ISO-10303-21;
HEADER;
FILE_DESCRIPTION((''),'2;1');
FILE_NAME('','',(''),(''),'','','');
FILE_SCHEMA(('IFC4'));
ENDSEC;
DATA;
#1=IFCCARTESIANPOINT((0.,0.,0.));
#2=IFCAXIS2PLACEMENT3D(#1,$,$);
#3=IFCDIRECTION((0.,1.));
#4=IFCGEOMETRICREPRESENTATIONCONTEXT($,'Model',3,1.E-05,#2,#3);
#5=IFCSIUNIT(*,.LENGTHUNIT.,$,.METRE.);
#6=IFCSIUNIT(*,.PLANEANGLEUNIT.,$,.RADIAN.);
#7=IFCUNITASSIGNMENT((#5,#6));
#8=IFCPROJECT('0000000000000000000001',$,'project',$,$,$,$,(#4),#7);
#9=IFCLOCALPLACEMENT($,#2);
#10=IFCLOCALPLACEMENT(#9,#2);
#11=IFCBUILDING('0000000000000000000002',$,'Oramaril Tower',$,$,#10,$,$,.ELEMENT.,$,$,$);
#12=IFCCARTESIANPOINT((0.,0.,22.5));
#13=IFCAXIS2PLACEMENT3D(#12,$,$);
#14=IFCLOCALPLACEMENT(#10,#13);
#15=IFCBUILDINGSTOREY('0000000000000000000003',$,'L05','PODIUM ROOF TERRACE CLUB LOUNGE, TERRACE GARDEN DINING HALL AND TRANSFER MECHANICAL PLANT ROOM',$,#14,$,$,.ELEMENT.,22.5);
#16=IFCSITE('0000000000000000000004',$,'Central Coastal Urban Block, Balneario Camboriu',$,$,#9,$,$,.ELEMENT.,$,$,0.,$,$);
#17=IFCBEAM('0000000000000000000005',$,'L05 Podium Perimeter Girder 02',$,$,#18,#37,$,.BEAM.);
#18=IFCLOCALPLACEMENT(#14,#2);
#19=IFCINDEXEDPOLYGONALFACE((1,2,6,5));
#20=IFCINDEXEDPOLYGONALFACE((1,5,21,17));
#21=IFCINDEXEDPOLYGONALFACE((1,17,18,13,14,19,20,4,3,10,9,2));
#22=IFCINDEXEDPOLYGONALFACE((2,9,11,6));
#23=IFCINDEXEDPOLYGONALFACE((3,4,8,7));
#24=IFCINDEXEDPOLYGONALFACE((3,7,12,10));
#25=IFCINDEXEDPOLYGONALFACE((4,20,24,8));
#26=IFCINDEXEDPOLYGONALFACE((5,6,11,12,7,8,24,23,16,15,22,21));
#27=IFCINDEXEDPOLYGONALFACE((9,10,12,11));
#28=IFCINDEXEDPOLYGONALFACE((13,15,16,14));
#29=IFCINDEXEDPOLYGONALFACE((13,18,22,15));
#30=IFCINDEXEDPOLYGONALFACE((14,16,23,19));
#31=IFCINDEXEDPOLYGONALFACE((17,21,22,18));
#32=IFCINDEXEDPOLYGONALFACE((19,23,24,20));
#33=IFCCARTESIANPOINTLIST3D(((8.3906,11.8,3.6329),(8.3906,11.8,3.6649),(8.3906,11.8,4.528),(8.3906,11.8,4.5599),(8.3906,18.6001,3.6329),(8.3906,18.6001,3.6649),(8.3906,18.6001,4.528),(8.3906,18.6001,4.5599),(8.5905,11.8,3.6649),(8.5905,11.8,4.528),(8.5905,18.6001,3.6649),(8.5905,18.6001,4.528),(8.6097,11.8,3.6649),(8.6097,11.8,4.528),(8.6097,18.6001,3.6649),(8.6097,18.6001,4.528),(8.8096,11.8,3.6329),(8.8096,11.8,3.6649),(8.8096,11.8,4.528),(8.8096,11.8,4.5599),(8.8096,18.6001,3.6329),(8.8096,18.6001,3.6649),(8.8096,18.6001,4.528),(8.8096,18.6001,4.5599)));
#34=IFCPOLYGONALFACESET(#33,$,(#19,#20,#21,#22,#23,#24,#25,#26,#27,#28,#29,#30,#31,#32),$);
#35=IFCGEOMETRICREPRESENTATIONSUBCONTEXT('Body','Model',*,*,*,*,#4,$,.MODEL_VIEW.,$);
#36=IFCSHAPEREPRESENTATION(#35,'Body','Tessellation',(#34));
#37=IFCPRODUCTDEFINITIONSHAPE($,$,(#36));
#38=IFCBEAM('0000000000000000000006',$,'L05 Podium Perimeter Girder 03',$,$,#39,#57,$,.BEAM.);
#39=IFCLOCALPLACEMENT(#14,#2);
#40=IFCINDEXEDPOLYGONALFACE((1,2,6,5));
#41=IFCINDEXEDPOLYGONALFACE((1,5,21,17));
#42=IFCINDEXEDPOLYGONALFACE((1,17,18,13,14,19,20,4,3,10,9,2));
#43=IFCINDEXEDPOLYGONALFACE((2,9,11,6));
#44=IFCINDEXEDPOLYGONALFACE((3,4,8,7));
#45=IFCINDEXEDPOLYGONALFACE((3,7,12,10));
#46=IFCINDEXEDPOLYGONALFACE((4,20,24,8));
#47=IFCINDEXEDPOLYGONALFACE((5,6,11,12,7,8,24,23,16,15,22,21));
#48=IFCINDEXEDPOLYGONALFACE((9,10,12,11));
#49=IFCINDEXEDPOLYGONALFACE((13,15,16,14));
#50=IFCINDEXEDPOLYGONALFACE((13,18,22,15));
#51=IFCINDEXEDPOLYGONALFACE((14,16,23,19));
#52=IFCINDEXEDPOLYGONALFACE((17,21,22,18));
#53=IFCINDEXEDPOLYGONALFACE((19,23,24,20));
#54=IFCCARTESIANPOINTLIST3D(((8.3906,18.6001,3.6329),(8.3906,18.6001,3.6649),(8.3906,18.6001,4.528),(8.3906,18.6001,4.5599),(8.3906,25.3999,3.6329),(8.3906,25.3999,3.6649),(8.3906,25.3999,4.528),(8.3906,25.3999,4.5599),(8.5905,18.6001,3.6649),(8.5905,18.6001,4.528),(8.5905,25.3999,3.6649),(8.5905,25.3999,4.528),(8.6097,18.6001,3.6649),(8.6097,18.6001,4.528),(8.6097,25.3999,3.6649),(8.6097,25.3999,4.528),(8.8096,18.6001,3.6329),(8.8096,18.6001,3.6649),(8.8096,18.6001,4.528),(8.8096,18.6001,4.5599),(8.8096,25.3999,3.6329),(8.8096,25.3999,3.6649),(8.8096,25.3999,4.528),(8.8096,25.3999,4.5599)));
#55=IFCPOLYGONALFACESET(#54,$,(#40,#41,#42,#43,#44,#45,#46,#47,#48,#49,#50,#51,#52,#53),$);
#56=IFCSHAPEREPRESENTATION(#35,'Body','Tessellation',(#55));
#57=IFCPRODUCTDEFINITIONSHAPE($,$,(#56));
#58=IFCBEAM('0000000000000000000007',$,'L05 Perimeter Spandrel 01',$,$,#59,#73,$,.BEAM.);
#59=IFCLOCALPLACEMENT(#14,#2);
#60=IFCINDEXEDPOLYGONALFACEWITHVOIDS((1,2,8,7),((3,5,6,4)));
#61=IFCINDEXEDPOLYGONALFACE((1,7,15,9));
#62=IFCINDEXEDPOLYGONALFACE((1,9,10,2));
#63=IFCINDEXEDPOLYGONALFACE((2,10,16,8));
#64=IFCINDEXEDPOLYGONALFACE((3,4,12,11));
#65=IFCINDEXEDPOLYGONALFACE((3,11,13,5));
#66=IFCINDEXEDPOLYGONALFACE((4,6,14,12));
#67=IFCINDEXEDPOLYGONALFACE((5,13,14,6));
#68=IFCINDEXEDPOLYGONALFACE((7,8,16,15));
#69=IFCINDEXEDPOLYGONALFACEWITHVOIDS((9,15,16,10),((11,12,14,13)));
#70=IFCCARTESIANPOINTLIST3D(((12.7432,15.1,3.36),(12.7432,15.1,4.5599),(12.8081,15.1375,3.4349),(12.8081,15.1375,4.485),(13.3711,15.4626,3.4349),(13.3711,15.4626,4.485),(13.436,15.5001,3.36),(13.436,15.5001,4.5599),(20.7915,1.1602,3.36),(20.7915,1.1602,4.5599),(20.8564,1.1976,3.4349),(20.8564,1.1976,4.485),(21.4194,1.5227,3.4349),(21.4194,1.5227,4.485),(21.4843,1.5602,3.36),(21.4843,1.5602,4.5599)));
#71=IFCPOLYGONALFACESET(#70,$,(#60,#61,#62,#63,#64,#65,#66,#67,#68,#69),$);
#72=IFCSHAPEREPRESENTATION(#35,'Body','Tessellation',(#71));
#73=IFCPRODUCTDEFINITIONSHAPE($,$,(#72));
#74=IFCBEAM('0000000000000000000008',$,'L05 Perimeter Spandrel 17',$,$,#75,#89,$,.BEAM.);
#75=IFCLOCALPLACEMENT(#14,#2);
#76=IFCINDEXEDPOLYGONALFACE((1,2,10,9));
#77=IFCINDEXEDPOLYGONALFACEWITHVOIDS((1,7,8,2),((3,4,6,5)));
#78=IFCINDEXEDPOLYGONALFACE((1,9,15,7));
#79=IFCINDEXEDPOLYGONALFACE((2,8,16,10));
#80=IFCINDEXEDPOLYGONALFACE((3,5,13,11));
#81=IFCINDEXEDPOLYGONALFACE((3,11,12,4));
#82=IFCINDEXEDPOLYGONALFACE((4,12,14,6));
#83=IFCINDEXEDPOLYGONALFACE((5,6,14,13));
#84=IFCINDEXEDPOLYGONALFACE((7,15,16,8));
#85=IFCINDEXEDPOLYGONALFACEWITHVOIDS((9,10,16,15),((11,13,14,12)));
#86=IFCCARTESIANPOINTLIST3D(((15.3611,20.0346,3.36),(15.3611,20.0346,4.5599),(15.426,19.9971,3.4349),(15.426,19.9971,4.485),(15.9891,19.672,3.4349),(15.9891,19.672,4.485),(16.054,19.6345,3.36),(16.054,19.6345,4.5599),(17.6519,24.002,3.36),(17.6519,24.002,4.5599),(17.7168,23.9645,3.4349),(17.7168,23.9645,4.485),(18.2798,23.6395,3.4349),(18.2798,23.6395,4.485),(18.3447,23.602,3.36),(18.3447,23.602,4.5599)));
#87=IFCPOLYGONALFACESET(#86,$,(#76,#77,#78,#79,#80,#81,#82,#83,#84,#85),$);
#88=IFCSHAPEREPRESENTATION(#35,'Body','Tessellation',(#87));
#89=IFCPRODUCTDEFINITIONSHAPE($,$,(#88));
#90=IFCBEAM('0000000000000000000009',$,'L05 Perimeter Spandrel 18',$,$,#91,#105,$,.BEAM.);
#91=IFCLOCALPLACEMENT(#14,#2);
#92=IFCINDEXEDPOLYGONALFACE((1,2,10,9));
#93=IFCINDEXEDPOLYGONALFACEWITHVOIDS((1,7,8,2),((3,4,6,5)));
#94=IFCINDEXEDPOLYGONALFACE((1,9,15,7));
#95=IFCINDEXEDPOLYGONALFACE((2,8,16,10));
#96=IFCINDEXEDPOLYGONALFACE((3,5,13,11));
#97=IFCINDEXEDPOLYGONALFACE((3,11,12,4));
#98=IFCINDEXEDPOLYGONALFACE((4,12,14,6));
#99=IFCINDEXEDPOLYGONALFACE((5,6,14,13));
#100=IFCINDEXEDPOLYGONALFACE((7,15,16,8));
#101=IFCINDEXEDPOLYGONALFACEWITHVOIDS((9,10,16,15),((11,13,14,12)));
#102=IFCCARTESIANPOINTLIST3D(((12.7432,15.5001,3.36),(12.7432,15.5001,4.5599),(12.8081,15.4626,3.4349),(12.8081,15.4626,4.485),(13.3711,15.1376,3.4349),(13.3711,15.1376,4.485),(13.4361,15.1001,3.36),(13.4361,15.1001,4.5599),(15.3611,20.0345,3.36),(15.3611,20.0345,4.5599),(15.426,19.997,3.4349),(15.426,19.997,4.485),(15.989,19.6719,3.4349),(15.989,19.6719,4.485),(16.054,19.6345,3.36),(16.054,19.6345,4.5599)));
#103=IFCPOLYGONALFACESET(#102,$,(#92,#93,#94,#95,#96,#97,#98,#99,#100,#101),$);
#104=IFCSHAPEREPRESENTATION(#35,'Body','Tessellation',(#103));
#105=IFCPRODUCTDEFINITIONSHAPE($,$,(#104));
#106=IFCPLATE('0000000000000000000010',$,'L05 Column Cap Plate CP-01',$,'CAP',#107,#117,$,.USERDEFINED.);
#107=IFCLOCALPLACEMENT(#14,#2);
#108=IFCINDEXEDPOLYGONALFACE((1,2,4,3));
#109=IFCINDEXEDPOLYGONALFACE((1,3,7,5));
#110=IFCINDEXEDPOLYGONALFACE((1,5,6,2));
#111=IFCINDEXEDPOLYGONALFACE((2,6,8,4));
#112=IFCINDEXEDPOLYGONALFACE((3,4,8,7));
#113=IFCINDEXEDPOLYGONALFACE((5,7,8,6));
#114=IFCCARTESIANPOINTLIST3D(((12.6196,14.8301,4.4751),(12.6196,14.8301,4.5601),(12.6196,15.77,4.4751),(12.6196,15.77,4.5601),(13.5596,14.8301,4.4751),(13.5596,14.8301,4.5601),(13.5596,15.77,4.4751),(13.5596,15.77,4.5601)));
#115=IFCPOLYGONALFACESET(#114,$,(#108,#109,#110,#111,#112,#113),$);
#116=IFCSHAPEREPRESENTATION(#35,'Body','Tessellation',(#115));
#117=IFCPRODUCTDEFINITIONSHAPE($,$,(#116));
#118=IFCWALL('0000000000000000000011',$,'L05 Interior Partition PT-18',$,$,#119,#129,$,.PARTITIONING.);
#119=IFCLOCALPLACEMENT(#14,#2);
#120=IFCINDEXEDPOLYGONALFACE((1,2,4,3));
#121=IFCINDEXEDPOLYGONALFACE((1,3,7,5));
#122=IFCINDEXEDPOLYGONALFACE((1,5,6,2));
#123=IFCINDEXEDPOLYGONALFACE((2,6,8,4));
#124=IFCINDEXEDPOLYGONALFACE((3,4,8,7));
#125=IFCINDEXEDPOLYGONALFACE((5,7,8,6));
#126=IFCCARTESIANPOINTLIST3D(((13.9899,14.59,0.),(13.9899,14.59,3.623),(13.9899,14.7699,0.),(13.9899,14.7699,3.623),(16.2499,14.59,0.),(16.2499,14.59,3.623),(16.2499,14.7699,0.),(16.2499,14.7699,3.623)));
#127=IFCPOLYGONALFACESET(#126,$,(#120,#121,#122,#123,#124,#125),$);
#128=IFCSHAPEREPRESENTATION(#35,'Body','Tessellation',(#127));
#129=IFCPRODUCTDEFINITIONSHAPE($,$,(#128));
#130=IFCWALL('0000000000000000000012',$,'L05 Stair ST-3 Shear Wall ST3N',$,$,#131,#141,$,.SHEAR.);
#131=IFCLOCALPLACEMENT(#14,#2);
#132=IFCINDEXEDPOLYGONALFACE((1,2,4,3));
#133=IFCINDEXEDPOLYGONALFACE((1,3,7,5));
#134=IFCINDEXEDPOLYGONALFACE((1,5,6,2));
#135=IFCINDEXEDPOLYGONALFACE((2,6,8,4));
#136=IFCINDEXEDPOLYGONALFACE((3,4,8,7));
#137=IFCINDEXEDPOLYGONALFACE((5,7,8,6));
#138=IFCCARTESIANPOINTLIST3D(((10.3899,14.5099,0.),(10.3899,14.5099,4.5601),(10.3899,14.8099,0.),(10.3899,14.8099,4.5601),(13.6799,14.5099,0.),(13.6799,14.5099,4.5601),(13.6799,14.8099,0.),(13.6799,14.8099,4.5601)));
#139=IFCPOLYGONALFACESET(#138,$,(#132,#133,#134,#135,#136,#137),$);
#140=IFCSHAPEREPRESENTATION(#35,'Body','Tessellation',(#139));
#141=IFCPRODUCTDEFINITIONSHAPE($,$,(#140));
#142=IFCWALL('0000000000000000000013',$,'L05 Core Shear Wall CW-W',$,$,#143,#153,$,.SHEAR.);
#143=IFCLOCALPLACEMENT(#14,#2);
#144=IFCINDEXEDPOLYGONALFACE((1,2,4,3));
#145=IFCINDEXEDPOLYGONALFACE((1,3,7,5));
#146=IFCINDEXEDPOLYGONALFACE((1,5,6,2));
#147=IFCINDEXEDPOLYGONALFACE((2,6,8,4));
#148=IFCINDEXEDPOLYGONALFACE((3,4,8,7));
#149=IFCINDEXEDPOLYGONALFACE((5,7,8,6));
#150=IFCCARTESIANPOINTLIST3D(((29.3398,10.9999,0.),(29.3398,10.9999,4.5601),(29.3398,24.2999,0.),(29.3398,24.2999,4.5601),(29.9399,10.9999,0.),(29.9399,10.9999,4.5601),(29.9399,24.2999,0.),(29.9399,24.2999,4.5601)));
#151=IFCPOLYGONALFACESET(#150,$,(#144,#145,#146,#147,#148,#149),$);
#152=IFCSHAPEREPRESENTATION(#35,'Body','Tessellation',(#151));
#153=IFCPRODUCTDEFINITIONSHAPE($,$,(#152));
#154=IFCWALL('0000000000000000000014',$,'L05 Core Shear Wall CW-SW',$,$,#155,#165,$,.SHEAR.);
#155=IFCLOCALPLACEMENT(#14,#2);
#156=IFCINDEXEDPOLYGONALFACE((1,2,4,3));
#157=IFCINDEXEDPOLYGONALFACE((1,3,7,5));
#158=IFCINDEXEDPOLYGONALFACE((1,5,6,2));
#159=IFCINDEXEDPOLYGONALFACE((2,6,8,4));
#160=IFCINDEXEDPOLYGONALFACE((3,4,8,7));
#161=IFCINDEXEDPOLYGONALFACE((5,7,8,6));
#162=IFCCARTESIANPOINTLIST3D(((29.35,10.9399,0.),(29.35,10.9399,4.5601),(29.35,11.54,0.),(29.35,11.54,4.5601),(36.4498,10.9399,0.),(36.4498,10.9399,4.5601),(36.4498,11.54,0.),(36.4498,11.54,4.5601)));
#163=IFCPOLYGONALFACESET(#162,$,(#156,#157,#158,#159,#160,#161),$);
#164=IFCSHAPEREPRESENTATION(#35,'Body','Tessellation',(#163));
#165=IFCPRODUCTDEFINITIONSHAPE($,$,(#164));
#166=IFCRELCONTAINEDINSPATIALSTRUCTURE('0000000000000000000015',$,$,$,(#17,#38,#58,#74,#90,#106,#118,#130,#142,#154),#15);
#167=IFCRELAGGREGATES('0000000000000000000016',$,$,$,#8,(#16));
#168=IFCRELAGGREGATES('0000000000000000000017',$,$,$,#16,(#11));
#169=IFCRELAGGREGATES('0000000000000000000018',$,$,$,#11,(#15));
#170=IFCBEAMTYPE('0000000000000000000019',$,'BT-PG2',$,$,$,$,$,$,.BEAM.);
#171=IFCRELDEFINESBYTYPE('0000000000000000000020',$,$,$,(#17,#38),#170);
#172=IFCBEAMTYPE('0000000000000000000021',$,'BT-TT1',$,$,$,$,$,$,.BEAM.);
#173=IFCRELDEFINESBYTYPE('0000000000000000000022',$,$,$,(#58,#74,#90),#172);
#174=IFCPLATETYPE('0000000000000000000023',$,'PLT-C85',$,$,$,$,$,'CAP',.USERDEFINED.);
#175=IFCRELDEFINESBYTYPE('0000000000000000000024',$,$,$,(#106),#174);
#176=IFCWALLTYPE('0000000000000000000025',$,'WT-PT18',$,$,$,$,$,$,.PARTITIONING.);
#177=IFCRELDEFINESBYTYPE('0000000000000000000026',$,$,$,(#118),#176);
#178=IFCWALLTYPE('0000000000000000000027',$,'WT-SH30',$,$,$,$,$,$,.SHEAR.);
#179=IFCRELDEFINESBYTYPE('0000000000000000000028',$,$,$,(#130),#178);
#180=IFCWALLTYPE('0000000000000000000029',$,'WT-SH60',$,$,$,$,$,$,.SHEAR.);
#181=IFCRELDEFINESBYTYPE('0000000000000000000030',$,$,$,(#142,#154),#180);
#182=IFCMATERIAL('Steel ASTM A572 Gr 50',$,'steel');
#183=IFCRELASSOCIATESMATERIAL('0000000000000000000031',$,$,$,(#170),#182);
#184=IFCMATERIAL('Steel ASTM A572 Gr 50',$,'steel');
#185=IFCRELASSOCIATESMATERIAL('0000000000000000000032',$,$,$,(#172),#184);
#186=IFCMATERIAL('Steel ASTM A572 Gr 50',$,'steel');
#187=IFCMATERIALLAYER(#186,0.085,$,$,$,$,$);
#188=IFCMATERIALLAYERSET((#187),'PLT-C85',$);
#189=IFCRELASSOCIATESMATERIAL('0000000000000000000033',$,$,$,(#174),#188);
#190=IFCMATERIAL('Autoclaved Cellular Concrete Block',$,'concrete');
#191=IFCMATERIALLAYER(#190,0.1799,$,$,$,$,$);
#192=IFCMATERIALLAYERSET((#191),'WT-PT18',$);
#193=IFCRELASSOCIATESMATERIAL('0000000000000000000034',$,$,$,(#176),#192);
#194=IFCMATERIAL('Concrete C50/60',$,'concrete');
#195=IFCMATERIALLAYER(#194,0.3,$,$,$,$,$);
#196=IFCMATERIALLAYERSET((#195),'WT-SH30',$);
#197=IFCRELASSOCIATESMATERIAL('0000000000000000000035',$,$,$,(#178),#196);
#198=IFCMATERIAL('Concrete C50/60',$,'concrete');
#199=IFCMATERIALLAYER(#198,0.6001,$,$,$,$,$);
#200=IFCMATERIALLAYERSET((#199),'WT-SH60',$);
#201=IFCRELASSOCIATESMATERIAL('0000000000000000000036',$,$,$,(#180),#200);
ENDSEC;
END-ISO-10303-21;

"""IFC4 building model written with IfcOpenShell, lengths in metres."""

from ifc_helpers import new_model, si_unit, direction, frame, frame_2d, origin, origin_2d, place, context, subcontext, project, spatial, rectangle, hollow_rectangle, i_section, extrude, material, layer, layer_set, material_profile, profile_set, type_object, element, save


model = new_model("IFC4")

# Units and contexts
model_context = context("Model", 3, precision=1e-05, world=origin(), true_north=direction((0.0, 1.0)))
body_context = subcontext(model_context, "Body", "Model", "MODEL_VIEW")
ifc_project = project(units=[si_unit("LENGTHUNIT", "METRE"), si_unit("PLANEANGLEUNIT", "RADIAN")], contexts=[model_context])

# Site, building, storey
site_placement = place(None, origin())
site = spatial("IfcSite", under=ifc_project, at=site_placement, Name="Central Coastal Urban Block, Balneario Camboriu", CompositionType="ELEMENT", RefElevation=0.0)
building_placement = place(site_placement, origin())
building = spatial("IfcBuilding", under=site, at=building_placement, Name="Oramaril Tower", CompositionType="ELEMENT")
storey_placement = place(building_placement, frame((0.0, 0.0, 22.5)))
storey = spatial("IfcBuildingStorey", under=building, at=storey_placement, Name="L05", Description="PODIUM ROOF TERRACE CLUB LOUNGE, TERRACE GARDEN DINING HALL AND TRANSFER MECHANICAL PLANT ROOM", CompositionType="ELEMENT", Elevation=22.5)

# Beams
ifc_material_1 = material(Name="Steel ASTM A572 Gr 50", Category="steel")
ifc_material_profile_1 = material_profile(ifc_material_1, i_section(OverallWidth=0.4189, OverallDepth=0.927, WebThickness=0.0193, FlangeThickness=0.032, at=origin_2d()), Name="W36X231")
ifc_profile_set_1 = profile_set([ifc_material_profile_1], Name="Steel ASTM A572 Gr 50")
beam_type_1 = type_object("IfcBeamType", Name="BT-PG2", PredefinedType="BEAM", material=ifc_profile_set_1)
beam_1_placement = place(storey_placement, frame((8.6001, 11.8, 4.0964), z_axis=(0.0, 1.0, 0.0), x_axis=(-1.0, 0.0, 0.0)))
element("IfcBeam", 1, at=beam_1_placement, inside=storey, type_object=beam_type_1, Name="L05 Podium Perimeter Girder 02", PredefinedType="BEAM", context=body_context, shape_type="SweptSolid", body=[
    extrude(i_section(OverallWidth=0.4189, OverallDepth=0.927, WebThickness=0.0193, FlangeThickness=0.032, at=origin_2d()), origin(), (0.0, 0.0, 1.0), 6.8),
])
beam_2_placement = place(storey_placement, frame((8.6001, 18.6001, 4.0964), z_axis=(0.0, 1.0, 0.0), x_axis=(-1.0, 0.0, 0.0)))
element("IfcBeam", 2, at=beam_2_placement, inside=storey, type_object=beam_type_1, Name="L05 Podium Perimeter Girder 03", PredefinedType="BEAM", context=body_context, shape_type="SweptSolid", body=[
    extrude(i_section(OverallWidth=0.4189, OverallDepth=0.927, WebThickness=0.0193, FlangeThickness=0.032, at=origin_2d()), origin(), (0.0, 0.0, 1.0), 6.7998),
])
ifc_material_2 = material(Name="Steel ASTM A572 Gr 50", Category="steel")
ifc_material_profile_2 = material_profile(ifc_material_2, hollow_rectangle(XDim=0.8, YDim=1.2, WallThickness=0.075, at=origin_2d()), Name="BOX1200X800X75")
ifc_profile_set_2 = profile_set([ifc_material_profile_2], Name="Steel ASTM A572 Gr 50")
beam_type_2 = type_object("IfcBeamType", Name="BT-TT1", PredefinedType="BEAM", material=ifc_profile_set_2)
beam_3_placement = place(storey_placement, frame((13.0896, 15.3, 3.96), z_axis=(0.500005, -0.866022, 0.0), x_axis=(0.866022, 0.500005, 0.0)))
element("IfcBeam", 3, at=beam_3_placement, inside=storey, type_object=beam_type_2, Name="L05 Perimeter Spandrel 01", PredefinedType="BEAM", context=body_context, shape_type="SweptSolid", body=[
    extrude(hollow_rectangle(XDim=0.8, YDim=1.2, WallThickness=0.075, at=origin_2d()), origin(), (0.0, 0.0, 1.0), 16.0964),
])
beam_4_placement = place(storey_placement, frame((17.9983, 23.802, 3.96), z_axis=(-0.500019, -0.866014, 0.0), x_axis=(0.866014, -0.500019, 0.0)))
element("IfcBeam", 4, at=beam_4_placement, inside=storey, type_object=beam_type_2, Name="L05 Perimeter Spandrel 17", PredefinedType="BEAM", context=body_context, shape_type="SweptSolid", body=[
    extrude(hollow_rectangle(XDim=0.8, YDim=1.2, WallThickness=0.075, at=origin_2d()), origin(), (0.0, 0.0, 1.0), 4.5813),
])
beam_5_placement = place(storey_placement, frame((15.7075, 19.8345, 3.96), z_axis=(-0.499996, -0.866028, 0.0), x_axis=(0.866028, -0.499996, 0.0)))
element("IfcBeam", 5, at=beam_5_placement, inside=storey, type_object=beam_type_2, Name="L05 Perimeter Spandrel 18", PredefinedType="BEAM", context=body_context, shape_type="SweptSolid", body=[
    extrude(hollow_rectangle(XDim=0.8, YDim=1.2, WallThickness=0.075, at=origin_2d()), origin(), (0.0, 0.0, 1.0), 5.2358),
])

# Plate
ifc_material_3 = material(Name="Steel ASTM A572 Gr 50", Category="steel")
ifc_layer_1 = layer(ifc_material_3, 0.085)
ifc_layer_set_1 = layer_set([ifc_layer_1], Name="PLT-C85")
plate_type = type_object("IfcPlateType", Name="PLT-C85", ElementType="CAP", PredefinedType="USERDEFINED", material=ifc_layer_set_1)
plate_placement = place(storey_placement, frame((13.0896, 15.3, 4.4751), z_axis=(0.0, 0.0, 1.0), x_axis=(1.0, 0.0, 0.0)))
element("IfcPlate", 6, at=plate_placement, inside=storey, type_object=plate_type, Name="L05 Column Cap Plate CP-01", ObjectType="CAP", PredefinedType="USERDEFINED", context=body_context, shape_type="SweptSolid", body=[
    extrude(rectangle(XDim=0.9399, YDim=0.9399, at=origin_2d()), origin(), (0.0, 0.0, 1.0), 0.085),
])

# Wall
ifc_material_4 = material(Name="Autoclaved Cellular Concrete Block", Category="concrete")
ifc_layer_2 = layer(ifc_material_4, 0.1799)
ifc_layer_set_2 = layer_set([ifc_layer_2], Name="WT-PT18")
wall_type_1 = type_object("IfcWallType", Name="WT-PT18", PredefinedType="PARTITIONING", material=ifc_layer_set_2)
wall_1_placement = place(storey_placement, frame((13.99, 14.6799, 0.0), z_axis=(0.0, 0.0, 1.0), x_axis=(1.0, 0.0, 0.0)))
element("IfcWall", 7, at=wall_1_placement, inside=storey, type_object=wall_type_1, Name="L05 Interior Partition PT-18", PredefinedType="PARTITIONING", context=body_context, shape_type="SweptSolid", body=[
    extrude(rectangle(XDim=2.26, YDim=0.1799, at=frame_2d((1.1299, 0.0))), origin(), (0.0, 0.0, 1.0), 3.623),
])

# Shared definitions
ifc_material_5 = material(Name="Concrete C50/60", Category="concrete")
ifc_layer_3 = layer(ifc_material_5, 0.3)
ifc_layer_set_3 = layer_set([ifc_layer_3], Name="WT-SH30")
wall_type_2 = type_object("IfcWallType", Name="WT-SH30", PredefinedType="SHEAR", material=ifc_layer_set_3)

# Walls
wall_2_placement = place(storey_placement, frame((10.3899, 14.6599, 0.0), z_axis=(0.0, 0.0, 1.0), x_axis=(1.0, 0.0, 0.0)))
element("IfcWall", 8, at=wall_2_placement, inside=storey, type_object=wall_type_2, Name="L05 Stair ST-3 Shear Wall ST3N", PredefinedType="SHEAR", context=body_context, shape_type="SweptSolid", body=[
    extrude(rectangle(XDim=3.29, YDim=0.3, at=frame_2d((1.645, 0.0))), origin(), (0.0, 0.0, 1.0), 4.5601),
])
ifc_material_6 = material(Name="Concrete C50/60", Category="concrete")
ifc_layer_4 = layer(ifc_material_6, 0.6001)
ifc_layer_set_4 = layer_set([ifc_layer_4], Name="WT-SH60")
wall_type_3 = type_object("IfcWallType", Name="WT-SH60", PredefinedType="SHEAR", material=ifc_layer_set_4)
wall_3_placement = place(storey_placement, frame((29.6399, 11.0, 0.0), z_axis=(0.0, 0.0, 1.0), x_axis=(0.0, 1.0, 0.0)))
element("IfcWall", 9, at=wall_3_placement, inside=storey, type_object=wall_type_3, Name="L05 Core Shear Wall CW-W", PredefinedType="SHEAR", context=body_context, shape_type="SweptSolid", body=[
    extrude(rectangle(XDim=13.3, YDim=0.6001, at=frame_2d((6.6499, 0.0))), origin(), (0.0, 0.0, 1.0), 4.5601),
])
wall_4_placement = place(storey_placement, frame((29.3501, 11.24, 0.0), z_axis=(0.0, 0.0, 1.0), x_axis=(1.0, 0.0, 0.0)))
element("IfcWall", 10, at=wall_4_placement, inside=storey, type_object=wall_type_3, Name="L05 Core Shear Wall CW-SW", PredefinedType="SHEAR", context=body_context, shape_type="SweptSolid", body=[
    extrude(rectangle(XDim=7.0999, YDim=0.6001, at=frame_2d((3.5498, 0.0))), origin(), (0.0, 0.0, 1.0), 4.5601),
])

save(model, "model.ifc")
